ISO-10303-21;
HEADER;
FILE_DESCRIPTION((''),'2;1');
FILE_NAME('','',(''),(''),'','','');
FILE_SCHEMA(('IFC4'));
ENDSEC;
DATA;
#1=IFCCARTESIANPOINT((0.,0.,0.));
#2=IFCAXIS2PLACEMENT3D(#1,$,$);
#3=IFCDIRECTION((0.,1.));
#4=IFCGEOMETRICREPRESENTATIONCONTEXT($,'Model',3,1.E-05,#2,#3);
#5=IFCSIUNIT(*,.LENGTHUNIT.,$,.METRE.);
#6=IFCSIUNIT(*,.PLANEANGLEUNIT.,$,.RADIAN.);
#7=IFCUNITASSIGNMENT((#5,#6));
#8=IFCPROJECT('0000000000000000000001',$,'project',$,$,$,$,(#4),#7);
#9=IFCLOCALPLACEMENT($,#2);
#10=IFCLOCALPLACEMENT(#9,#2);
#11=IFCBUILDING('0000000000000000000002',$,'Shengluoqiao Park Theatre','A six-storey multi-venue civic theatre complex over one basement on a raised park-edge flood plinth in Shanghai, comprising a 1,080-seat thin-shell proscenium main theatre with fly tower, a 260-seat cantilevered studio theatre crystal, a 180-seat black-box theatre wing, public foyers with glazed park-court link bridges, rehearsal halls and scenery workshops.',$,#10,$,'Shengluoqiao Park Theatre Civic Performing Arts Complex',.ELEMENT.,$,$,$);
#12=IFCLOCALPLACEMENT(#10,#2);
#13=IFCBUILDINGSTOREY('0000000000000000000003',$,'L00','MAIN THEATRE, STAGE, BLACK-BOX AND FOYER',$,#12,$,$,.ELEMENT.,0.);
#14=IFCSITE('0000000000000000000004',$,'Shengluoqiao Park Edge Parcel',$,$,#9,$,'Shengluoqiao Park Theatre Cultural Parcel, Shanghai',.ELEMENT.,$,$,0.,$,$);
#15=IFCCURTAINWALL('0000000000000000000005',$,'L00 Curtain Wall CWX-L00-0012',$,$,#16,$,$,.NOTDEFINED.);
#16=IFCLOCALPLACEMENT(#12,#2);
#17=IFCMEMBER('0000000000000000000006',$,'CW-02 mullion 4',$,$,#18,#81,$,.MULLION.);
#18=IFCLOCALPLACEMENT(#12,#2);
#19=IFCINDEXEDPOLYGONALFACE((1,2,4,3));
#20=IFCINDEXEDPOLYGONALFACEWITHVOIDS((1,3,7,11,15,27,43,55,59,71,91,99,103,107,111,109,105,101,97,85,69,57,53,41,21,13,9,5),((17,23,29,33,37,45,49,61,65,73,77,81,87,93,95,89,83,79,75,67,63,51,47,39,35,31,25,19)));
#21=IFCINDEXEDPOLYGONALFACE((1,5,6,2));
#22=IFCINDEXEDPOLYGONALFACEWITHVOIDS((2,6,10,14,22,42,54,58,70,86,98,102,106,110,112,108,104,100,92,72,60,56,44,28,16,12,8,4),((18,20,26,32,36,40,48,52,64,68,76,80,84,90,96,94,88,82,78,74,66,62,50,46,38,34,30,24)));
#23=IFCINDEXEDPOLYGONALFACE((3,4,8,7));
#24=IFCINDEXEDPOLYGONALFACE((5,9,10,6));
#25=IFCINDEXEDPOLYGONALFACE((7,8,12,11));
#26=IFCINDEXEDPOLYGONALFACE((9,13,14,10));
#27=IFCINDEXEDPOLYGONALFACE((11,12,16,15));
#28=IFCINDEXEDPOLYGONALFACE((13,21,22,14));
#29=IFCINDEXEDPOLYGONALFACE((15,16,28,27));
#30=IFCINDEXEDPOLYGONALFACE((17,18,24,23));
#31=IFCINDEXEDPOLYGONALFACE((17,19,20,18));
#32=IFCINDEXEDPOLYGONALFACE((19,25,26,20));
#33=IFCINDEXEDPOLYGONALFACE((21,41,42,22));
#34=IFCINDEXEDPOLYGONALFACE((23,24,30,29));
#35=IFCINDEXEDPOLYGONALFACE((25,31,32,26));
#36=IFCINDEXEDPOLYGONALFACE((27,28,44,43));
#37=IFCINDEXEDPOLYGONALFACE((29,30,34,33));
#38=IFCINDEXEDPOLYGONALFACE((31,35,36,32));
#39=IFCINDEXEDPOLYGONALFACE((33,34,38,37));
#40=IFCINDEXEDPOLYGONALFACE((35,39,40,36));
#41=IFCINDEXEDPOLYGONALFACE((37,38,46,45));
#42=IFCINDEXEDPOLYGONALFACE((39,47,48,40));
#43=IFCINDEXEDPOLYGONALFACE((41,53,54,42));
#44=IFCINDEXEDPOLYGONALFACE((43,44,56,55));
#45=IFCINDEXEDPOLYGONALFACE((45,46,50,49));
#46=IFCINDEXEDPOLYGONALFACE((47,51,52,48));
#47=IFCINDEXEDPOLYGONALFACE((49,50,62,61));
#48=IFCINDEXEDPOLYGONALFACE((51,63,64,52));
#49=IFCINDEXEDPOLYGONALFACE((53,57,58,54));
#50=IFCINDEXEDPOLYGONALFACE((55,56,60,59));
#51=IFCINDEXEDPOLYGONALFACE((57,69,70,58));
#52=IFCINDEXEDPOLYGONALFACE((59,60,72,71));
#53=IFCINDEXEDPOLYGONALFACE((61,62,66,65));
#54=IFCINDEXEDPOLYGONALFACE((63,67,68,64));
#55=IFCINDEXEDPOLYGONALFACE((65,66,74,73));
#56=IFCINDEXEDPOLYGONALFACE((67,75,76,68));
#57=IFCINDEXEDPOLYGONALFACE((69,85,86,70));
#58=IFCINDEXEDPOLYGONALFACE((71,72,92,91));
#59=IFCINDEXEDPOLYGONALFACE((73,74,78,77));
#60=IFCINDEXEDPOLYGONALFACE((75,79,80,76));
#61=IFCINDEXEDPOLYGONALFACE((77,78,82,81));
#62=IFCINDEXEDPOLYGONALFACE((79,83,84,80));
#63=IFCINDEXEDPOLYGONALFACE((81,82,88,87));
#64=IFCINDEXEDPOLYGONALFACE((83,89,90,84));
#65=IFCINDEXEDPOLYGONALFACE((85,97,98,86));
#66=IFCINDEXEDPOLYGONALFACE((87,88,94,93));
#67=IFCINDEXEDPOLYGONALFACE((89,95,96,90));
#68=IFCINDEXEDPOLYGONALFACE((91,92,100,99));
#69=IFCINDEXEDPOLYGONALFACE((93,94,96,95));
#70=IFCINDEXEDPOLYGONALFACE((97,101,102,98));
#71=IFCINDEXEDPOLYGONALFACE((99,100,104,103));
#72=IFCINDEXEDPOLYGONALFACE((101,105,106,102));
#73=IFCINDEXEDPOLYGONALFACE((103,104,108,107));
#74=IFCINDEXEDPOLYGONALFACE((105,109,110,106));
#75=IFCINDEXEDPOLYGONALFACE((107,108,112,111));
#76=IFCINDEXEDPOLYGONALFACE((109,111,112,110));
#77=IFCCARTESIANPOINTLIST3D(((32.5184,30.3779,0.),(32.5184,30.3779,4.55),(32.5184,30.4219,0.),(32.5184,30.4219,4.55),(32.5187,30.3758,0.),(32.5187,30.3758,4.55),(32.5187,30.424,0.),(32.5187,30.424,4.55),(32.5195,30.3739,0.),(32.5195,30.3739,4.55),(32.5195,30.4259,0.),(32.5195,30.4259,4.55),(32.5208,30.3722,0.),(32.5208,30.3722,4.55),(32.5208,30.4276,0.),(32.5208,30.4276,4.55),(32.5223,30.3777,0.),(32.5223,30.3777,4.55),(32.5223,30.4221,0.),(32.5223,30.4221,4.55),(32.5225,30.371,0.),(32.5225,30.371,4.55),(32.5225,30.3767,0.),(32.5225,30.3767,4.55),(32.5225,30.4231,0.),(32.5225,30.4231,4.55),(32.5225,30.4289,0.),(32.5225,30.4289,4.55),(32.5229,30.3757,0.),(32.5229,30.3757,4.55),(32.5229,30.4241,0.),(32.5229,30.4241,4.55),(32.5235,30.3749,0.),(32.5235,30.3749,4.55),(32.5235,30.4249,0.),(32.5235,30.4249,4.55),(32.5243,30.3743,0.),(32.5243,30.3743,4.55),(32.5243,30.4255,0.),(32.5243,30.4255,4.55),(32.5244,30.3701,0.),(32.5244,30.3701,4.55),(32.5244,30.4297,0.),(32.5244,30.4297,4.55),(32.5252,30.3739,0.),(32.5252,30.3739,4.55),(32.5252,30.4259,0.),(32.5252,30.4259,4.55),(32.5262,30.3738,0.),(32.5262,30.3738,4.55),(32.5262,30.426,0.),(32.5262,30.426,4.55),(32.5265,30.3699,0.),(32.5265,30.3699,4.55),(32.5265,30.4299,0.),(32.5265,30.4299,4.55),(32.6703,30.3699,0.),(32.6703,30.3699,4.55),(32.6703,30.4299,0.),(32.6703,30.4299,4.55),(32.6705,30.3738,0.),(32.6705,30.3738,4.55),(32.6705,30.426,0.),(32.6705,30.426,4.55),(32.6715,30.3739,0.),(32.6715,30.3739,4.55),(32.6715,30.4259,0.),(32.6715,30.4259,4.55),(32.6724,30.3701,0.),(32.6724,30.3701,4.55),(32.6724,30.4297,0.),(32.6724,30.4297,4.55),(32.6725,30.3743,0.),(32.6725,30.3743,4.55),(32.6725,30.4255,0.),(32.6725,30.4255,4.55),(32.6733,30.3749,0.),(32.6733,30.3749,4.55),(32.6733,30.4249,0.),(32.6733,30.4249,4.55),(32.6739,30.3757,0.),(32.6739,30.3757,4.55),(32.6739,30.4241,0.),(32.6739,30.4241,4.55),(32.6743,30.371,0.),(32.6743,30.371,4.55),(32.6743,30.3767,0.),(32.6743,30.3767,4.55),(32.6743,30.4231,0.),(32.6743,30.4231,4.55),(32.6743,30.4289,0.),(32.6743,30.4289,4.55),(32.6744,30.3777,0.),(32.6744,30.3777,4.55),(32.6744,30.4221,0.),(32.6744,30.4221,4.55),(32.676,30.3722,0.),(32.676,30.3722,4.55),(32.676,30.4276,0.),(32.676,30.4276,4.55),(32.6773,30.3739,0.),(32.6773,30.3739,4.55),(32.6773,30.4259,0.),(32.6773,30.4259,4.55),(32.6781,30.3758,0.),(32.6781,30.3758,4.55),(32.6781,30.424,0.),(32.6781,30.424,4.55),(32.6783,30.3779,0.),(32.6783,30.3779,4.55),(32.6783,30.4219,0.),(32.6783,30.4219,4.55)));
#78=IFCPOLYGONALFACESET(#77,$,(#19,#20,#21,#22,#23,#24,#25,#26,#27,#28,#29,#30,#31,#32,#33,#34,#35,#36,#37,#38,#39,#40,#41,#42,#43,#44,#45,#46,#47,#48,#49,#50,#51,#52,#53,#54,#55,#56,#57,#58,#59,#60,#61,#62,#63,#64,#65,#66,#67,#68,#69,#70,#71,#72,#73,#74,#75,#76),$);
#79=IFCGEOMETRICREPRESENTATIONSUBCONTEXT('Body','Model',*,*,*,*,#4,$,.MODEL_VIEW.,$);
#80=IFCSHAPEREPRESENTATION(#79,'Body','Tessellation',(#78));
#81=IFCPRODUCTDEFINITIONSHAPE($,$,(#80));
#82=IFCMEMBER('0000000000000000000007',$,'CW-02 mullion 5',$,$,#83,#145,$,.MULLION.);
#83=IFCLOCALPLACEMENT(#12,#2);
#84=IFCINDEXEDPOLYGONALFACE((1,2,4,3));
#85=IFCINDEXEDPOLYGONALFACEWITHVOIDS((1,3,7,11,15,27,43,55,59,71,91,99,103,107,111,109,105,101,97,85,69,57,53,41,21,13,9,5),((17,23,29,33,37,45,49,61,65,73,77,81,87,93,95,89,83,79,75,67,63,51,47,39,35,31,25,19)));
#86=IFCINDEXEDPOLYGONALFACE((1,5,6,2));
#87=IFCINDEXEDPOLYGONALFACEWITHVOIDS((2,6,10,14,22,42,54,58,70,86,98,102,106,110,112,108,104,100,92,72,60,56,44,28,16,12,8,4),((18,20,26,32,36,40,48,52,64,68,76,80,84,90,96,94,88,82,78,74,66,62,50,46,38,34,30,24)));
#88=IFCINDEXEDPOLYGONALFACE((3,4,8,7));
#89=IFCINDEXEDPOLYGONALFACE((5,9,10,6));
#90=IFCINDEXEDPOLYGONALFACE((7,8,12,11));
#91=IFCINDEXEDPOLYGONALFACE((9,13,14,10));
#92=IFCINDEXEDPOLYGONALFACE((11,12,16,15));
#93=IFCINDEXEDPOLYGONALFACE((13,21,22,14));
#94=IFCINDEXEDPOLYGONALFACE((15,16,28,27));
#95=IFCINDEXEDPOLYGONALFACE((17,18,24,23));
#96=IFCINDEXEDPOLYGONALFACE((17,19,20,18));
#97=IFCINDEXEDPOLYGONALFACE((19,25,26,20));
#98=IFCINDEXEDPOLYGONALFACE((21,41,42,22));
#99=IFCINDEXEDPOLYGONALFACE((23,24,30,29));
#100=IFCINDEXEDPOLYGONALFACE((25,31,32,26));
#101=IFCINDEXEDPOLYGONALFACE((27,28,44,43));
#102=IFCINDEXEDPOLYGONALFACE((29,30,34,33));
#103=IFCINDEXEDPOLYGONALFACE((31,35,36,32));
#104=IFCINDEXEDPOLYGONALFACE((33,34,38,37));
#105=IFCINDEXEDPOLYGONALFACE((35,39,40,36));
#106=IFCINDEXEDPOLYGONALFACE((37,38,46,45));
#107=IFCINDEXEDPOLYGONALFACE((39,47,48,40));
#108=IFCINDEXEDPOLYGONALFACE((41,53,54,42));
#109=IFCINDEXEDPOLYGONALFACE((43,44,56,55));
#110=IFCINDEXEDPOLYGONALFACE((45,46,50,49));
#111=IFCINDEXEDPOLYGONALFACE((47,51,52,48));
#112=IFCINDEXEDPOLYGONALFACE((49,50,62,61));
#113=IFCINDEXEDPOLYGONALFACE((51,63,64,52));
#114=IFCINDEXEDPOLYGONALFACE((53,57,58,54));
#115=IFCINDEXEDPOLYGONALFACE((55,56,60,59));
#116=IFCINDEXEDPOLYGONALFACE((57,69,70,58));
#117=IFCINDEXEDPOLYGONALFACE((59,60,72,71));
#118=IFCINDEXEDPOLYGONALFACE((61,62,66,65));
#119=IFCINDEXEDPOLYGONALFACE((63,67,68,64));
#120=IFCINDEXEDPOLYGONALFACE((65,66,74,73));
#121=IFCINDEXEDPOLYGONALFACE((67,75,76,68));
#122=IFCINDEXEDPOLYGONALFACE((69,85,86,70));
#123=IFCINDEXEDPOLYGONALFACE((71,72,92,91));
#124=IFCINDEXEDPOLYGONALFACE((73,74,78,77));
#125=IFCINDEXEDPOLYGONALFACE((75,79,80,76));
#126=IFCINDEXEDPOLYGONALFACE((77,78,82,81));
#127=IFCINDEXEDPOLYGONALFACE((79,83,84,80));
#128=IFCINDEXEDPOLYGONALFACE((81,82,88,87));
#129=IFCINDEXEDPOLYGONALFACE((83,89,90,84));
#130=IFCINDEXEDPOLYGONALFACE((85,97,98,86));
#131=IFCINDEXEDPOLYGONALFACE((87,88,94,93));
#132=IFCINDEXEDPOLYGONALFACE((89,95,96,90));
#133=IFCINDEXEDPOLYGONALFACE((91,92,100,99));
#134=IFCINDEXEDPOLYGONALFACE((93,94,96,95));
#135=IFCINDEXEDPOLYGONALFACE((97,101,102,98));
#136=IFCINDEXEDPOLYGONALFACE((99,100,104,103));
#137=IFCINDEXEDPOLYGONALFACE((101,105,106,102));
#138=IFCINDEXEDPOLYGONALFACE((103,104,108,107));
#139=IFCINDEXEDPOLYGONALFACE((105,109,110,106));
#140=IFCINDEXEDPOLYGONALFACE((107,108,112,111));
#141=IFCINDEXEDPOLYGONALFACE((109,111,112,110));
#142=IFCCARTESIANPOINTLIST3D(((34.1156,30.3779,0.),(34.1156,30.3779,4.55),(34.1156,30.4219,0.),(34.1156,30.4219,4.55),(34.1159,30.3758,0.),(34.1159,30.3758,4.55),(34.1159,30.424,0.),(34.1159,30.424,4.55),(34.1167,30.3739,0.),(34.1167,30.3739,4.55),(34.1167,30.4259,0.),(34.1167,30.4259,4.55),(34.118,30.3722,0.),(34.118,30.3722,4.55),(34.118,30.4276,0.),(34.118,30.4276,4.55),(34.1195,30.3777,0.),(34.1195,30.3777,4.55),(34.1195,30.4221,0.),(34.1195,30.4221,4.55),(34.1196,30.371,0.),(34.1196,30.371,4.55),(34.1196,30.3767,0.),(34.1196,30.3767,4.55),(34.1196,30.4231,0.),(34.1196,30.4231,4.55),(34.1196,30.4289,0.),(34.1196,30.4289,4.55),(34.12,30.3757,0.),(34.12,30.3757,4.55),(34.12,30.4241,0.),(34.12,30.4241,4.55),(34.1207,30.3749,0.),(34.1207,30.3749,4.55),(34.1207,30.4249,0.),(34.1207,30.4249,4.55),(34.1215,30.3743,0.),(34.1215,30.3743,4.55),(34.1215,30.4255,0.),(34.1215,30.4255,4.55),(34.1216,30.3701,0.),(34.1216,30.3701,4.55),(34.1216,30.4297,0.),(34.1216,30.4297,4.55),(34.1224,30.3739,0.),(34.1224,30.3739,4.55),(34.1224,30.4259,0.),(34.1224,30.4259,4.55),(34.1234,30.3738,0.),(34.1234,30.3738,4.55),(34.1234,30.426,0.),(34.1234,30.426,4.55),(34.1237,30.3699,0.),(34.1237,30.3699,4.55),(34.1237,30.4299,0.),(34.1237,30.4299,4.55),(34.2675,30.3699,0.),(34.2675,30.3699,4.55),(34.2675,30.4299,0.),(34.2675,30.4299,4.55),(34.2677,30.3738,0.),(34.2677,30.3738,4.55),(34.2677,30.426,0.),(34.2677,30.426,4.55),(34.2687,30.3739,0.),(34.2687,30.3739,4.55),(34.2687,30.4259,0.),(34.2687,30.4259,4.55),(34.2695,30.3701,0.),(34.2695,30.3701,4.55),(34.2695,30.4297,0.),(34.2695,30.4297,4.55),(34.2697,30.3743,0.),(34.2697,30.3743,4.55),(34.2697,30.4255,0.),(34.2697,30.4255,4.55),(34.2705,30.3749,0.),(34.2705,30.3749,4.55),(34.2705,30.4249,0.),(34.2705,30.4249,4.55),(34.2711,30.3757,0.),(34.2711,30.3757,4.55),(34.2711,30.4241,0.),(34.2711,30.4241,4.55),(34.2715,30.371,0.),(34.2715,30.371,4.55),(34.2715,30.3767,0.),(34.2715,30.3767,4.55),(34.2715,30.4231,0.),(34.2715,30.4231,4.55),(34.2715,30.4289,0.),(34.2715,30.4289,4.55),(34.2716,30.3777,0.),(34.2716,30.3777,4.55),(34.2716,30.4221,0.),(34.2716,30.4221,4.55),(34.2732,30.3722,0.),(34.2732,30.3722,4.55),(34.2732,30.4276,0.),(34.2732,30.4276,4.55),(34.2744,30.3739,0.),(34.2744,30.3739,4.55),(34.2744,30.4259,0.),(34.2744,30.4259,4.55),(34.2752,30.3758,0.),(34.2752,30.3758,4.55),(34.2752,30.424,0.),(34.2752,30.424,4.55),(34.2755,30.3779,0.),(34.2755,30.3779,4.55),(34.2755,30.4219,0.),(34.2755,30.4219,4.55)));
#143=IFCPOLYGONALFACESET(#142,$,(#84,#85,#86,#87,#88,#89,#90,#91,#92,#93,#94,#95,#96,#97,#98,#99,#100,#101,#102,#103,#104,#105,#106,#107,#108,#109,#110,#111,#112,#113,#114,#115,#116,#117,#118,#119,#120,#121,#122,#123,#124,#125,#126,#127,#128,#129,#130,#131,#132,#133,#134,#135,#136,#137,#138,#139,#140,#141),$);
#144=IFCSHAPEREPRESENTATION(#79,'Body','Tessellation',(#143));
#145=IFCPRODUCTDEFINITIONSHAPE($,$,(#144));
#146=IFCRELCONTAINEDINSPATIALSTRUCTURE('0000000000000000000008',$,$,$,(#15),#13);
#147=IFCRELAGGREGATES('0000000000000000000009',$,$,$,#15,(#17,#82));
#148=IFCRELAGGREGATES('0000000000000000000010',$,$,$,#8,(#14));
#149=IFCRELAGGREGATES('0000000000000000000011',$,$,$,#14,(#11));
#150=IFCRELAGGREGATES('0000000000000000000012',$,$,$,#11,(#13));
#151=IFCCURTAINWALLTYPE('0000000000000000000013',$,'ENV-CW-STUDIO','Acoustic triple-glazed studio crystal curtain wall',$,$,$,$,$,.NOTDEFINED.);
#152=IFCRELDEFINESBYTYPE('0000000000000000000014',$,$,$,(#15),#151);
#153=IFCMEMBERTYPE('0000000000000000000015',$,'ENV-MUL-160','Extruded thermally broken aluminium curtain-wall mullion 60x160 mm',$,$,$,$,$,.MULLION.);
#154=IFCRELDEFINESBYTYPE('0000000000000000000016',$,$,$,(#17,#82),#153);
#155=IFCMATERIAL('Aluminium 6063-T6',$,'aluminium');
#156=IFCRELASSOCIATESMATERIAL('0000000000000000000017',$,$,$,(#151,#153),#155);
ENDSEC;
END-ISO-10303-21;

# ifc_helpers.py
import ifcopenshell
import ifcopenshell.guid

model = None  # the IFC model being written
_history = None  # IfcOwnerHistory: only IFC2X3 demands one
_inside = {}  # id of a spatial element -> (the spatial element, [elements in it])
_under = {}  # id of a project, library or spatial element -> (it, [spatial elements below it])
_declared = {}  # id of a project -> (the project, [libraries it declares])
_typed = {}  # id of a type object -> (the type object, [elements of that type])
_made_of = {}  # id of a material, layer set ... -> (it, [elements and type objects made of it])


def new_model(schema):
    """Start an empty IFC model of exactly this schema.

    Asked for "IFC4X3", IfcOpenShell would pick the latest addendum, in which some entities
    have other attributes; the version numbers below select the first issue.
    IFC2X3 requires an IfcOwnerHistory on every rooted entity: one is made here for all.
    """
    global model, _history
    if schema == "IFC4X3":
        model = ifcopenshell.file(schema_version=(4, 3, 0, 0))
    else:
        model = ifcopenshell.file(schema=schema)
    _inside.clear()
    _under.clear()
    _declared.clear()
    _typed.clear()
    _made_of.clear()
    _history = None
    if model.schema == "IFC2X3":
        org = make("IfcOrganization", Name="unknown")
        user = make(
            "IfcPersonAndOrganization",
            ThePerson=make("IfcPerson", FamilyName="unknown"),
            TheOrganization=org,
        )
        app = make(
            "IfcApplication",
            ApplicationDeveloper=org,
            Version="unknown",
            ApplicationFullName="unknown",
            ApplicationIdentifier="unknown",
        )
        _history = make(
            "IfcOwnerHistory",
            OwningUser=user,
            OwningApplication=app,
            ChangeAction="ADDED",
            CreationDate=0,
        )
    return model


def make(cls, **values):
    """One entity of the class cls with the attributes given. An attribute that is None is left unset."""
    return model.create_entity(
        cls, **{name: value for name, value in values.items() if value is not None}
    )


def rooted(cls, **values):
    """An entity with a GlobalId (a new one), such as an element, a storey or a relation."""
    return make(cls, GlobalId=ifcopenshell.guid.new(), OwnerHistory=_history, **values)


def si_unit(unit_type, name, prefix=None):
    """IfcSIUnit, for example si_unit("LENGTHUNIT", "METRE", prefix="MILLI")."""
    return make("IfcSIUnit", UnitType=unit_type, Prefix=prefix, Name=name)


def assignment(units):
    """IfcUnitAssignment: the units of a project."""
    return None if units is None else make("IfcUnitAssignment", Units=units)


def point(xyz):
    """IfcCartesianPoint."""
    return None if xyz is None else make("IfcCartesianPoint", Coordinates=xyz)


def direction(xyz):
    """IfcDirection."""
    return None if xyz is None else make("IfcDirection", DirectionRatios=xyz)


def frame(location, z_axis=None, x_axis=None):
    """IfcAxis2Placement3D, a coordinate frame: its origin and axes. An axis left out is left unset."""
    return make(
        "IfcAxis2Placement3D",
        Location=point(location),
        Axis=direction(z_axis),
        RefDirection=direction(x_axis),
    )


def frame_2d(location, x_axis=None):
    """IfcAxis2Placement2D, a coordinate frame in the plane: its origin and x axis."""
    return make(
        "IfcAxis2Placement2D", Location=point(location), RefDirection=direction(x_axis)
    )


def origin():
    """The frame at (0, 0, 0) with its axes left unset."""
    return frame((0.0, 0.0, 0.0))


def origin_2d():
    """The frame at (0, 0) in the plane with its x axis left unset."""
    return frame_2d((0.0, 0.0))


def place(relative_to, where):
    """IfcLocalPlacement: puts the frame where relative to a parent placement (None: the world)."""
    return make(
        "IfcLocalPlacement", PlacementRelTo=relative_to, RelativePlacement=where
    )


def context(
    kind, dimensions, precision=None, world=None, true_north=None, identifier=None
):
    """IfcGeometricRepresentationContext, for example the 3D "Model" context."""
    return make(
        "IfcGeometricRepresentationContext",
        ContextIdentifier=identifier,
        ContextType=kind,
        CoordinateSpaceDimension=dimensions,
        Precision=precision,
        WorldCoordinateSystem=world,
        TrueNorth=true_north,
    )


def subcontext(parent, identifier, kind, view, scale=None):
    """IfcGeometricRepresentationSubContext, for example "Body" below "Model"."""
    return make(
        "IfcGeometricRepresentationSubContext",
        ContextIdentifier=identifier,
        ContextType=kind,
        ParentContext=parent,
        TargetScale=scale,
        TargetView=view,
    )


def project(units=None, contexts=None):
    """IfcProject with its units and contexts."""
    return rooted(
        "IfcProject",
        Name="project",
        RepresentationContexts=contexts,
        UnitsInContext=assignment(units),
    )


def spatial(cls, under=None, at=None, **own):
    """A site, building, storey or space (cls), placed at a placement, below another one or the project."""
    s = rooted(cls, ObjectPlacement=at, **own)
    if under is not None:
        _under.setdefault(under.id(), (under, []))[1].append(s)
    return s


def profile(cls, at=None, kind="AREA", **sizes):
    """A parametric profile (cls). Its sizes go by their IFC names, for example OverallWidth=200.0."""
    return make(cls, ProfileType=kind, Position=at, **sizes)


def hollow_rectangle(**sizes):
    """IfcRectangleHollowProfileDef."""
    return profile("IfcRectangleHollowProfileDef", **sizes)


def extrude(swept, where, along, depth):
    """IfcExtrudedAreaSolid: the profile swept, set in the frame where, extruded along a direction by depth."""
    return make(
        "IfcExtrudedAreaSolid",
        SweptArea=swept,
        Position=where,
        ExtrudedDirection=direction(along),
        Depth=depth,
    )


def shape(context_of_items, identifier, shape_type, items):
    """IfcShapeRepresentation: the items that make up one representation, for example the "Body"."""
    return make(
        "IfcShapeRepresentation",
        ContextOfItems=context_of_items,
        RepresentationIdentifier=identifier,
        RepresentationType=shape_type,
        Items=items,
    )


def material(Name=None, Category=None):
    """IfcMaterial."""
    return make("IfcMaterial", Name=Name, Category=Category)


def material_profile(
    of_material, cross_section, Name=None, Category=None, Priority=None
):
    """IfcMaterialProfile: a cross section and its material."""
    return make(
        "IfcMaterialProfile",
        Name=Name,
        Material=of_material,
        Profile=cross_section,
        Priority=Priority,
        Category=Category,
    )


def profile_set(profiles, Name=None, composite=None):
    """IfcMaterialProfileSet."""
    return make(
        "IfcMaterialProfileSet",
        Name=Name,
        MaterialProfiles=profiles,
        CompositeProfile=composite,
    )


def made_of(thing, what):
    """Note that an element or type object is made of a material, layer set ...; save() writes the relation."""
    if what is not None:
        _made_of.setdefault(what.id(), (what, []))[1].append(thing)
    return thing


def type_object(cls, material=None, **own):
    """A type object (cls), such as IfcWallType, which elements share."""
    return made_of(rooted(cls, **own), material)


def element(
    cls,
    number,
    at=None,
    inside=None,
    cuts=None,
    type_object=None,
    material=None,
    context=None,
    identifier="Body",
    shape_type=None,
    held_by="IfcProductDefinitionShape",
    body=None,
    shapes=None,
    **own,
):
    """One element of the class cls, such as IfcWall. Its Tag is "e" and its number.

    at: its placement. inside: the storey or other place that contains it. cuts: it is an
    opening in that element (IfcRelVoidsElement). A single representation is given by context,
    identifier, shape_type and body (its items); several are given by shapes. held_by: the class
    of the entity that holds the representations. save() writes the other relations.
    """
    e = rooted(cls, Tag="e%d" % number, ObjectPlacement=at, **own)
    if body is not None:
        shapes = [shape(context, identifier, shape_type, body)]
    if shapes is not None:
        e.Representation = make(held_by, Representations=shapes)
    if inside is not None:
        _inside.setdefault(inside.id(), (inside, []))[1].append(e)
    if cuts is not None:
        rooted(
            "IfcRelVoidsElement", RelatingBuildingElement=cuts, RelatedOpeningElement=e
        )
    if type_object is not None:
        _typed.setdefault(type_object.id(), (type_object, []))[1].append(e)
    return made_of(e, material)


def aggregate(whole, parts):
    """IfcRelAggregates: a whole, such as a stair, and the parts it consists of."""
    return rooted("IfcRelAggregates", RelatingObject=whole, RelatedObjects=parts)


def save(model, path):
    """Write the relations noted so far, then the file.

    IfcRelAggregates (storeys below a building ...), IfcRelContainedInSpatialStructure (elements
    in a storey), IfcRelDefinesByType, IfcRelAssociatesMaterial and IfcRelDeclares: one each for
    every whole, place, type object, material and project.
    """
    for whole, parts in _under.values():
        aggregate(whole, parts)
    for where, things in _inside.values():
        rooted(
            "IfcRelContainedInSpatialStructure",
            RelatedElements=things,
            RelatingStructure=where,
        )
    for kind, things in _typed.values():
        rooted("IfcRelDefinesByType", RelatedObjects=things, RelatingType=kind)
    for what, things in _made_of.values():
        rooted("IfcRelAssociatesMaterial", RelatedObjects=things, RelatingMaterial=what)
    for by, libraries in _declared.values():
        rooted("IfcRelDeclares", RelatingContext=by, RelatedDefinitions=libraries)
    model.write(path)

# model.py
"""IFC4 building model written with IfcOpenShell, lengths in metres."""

from ifc_helpers import new_model, si_unit, direction, frame, origin, origin_2d, place, context, subcontext, project, spatial, hollow_rectangle, extrude, material, material_profile, profile_set, type_object, element, aggregate, save


model = new_model("IFC4")

# Units and contexts
model_context = context("Model", 3, precision=1e-05, world=origin(), true_north=direction((0.0, 1.0)))
body_context = subcontext(model_context, "Body", "Model", "MODEL_VIEW")
ifc_project = project(units=[si_unit("LENGTHUNIT", "METRE"), si_unit("PLANEANGLEUNIT", "RADIAN")], contexts=[model_context])

# Site, building, storey
site_placement = place(None, origin())
site = spatial("IfcSite", under=ifc_project, at=site_placement, Name="Shengluoqiao Park Edge Parcel", LongName="Shengluoqiao Park Theatre Cultural Parcel, Shanghai", CompositionType="ELEMENT", RefElevation=0.0)
building_placement = place(site_placement, origin())
building = spatial("IfcBuilding", under=site, at=building_placement, Name="Shengluoqiao Park Theatre", Description="A six-storey multi-venue civic theatre complex over one basement on a raised park-edge flood plinth in Shanghai, comprising a 1,080-seat thin-shell proscenium main theatre with fly tower, a 260-seat cantilevered studio theatre crystal, a 180-seat black-box theatre wing, public foyers with glazed park-court link bridges, rehearsal halls and scenery workshops.", LongName="Shengluoqiao Park Theatre Civic Performing Arts Complex", CompositionType="ELEMENT")
storey_placement = place(building_placement, origin())
storey = spatial("IfcBuildingStorey", under=building, at=storey_placement, Name="L00", Description="MAIN THEATRE, STAGE, BLACK-BOX AND FOYER", CompositionType="ELEMENT", Elevation=0.0)

# Curtain wall, members
ifc_material_1 = material(Name="Aluminium 6063-T6", Category="aluminium")
curtain_wall_type_1 = type_object("IfcCurtainWallType", Name="ENV-CW-STUDIO", Description="Acoustic triple-glazed studio crystal curtain wall", PredefinedType="NOTDEFINED", material=ifc_material_1)
curtain_wall_1_placement = place(storey_placement, origin())
curtain_wall_1 = element("IfcCurtainWall", 1, at=curtain_wall_1_placement, inside=storey, type_object=curtain_wall_type_1, Name="L00 Curtain Wall CWX-L00-0012", PredefinedType="NOTDEFINED")
ifc_material_profile_1 = material_profile(ifc_material_1, hollow_rectangle(XDim=0.0601, YDim=0.1599, WallThickness=0.0039, InnerFilletRadius=0.0039, OuterFilletRadius=0.0081, at=origin_2d()), Name="ALU MULLION 160x60x4")
ifc_profile_set_1 = profile_set([ifc_material_profile_1], Name="Aluminium 6063-T6")
member_type_1 = type_object("IfcMemberType", Name="ENV-MUL-160", Description="Extruded thermally broken aluminium curtain-wall mullion 60x160 mm", PredefinedType="MULLION", material=ifc_profile_set_1)
member_1_placement = place(storey_placement, frame((32.5984, 30.3999, 0.0), z_axis=(0.0, 0.0, 1.0), x_axis=(0.0, 1.0, 0.0)))
member_1 = element("IfcMember", 2, at=member_1_placement, type_object=member_type_1, Name="CW-02 mullion 4", PredefinedType="MULLION", context=body_context, shape_type="SweptSolid", body=[
    extrude(hollow_rectangle(XDim=0.0601, YDim=0.1599, WallThickness=0.0039, InnerFilletRadius=0.0039, OuterFilletRadius=0.0081, at=origin_2d()), origin(), (0.0, 0.0, 1.0), 4.55),
])
member_2_placement = place(storey_placement, frame((34.1956, 30.3999, 0.0), z_axis=(0.0, 0.0, 1.0), x_axis=(0.0, 1.0, 0.0)))
member_2 = element("IfcMember", 3, at=member_2_placement, type_object=member_type_1, Name="CW-02 mullion 5", PredefinedType="MULLION", context=body_context, shape_type="SweptSolid", body=[
    extrude(hollow_rectangle(XDim=0.0601, YDim=0.1599, WallThickness=0.0039, InnerFilletRadius=0.0039, OuterFilletRadius=0.0081, at=origin_2d()), origin(), (0.0, 0.0, 1.0), 4.55),
])

aggregate(curtain_wall_1, [member_1, member_2])

save(model, "model.ifc")
